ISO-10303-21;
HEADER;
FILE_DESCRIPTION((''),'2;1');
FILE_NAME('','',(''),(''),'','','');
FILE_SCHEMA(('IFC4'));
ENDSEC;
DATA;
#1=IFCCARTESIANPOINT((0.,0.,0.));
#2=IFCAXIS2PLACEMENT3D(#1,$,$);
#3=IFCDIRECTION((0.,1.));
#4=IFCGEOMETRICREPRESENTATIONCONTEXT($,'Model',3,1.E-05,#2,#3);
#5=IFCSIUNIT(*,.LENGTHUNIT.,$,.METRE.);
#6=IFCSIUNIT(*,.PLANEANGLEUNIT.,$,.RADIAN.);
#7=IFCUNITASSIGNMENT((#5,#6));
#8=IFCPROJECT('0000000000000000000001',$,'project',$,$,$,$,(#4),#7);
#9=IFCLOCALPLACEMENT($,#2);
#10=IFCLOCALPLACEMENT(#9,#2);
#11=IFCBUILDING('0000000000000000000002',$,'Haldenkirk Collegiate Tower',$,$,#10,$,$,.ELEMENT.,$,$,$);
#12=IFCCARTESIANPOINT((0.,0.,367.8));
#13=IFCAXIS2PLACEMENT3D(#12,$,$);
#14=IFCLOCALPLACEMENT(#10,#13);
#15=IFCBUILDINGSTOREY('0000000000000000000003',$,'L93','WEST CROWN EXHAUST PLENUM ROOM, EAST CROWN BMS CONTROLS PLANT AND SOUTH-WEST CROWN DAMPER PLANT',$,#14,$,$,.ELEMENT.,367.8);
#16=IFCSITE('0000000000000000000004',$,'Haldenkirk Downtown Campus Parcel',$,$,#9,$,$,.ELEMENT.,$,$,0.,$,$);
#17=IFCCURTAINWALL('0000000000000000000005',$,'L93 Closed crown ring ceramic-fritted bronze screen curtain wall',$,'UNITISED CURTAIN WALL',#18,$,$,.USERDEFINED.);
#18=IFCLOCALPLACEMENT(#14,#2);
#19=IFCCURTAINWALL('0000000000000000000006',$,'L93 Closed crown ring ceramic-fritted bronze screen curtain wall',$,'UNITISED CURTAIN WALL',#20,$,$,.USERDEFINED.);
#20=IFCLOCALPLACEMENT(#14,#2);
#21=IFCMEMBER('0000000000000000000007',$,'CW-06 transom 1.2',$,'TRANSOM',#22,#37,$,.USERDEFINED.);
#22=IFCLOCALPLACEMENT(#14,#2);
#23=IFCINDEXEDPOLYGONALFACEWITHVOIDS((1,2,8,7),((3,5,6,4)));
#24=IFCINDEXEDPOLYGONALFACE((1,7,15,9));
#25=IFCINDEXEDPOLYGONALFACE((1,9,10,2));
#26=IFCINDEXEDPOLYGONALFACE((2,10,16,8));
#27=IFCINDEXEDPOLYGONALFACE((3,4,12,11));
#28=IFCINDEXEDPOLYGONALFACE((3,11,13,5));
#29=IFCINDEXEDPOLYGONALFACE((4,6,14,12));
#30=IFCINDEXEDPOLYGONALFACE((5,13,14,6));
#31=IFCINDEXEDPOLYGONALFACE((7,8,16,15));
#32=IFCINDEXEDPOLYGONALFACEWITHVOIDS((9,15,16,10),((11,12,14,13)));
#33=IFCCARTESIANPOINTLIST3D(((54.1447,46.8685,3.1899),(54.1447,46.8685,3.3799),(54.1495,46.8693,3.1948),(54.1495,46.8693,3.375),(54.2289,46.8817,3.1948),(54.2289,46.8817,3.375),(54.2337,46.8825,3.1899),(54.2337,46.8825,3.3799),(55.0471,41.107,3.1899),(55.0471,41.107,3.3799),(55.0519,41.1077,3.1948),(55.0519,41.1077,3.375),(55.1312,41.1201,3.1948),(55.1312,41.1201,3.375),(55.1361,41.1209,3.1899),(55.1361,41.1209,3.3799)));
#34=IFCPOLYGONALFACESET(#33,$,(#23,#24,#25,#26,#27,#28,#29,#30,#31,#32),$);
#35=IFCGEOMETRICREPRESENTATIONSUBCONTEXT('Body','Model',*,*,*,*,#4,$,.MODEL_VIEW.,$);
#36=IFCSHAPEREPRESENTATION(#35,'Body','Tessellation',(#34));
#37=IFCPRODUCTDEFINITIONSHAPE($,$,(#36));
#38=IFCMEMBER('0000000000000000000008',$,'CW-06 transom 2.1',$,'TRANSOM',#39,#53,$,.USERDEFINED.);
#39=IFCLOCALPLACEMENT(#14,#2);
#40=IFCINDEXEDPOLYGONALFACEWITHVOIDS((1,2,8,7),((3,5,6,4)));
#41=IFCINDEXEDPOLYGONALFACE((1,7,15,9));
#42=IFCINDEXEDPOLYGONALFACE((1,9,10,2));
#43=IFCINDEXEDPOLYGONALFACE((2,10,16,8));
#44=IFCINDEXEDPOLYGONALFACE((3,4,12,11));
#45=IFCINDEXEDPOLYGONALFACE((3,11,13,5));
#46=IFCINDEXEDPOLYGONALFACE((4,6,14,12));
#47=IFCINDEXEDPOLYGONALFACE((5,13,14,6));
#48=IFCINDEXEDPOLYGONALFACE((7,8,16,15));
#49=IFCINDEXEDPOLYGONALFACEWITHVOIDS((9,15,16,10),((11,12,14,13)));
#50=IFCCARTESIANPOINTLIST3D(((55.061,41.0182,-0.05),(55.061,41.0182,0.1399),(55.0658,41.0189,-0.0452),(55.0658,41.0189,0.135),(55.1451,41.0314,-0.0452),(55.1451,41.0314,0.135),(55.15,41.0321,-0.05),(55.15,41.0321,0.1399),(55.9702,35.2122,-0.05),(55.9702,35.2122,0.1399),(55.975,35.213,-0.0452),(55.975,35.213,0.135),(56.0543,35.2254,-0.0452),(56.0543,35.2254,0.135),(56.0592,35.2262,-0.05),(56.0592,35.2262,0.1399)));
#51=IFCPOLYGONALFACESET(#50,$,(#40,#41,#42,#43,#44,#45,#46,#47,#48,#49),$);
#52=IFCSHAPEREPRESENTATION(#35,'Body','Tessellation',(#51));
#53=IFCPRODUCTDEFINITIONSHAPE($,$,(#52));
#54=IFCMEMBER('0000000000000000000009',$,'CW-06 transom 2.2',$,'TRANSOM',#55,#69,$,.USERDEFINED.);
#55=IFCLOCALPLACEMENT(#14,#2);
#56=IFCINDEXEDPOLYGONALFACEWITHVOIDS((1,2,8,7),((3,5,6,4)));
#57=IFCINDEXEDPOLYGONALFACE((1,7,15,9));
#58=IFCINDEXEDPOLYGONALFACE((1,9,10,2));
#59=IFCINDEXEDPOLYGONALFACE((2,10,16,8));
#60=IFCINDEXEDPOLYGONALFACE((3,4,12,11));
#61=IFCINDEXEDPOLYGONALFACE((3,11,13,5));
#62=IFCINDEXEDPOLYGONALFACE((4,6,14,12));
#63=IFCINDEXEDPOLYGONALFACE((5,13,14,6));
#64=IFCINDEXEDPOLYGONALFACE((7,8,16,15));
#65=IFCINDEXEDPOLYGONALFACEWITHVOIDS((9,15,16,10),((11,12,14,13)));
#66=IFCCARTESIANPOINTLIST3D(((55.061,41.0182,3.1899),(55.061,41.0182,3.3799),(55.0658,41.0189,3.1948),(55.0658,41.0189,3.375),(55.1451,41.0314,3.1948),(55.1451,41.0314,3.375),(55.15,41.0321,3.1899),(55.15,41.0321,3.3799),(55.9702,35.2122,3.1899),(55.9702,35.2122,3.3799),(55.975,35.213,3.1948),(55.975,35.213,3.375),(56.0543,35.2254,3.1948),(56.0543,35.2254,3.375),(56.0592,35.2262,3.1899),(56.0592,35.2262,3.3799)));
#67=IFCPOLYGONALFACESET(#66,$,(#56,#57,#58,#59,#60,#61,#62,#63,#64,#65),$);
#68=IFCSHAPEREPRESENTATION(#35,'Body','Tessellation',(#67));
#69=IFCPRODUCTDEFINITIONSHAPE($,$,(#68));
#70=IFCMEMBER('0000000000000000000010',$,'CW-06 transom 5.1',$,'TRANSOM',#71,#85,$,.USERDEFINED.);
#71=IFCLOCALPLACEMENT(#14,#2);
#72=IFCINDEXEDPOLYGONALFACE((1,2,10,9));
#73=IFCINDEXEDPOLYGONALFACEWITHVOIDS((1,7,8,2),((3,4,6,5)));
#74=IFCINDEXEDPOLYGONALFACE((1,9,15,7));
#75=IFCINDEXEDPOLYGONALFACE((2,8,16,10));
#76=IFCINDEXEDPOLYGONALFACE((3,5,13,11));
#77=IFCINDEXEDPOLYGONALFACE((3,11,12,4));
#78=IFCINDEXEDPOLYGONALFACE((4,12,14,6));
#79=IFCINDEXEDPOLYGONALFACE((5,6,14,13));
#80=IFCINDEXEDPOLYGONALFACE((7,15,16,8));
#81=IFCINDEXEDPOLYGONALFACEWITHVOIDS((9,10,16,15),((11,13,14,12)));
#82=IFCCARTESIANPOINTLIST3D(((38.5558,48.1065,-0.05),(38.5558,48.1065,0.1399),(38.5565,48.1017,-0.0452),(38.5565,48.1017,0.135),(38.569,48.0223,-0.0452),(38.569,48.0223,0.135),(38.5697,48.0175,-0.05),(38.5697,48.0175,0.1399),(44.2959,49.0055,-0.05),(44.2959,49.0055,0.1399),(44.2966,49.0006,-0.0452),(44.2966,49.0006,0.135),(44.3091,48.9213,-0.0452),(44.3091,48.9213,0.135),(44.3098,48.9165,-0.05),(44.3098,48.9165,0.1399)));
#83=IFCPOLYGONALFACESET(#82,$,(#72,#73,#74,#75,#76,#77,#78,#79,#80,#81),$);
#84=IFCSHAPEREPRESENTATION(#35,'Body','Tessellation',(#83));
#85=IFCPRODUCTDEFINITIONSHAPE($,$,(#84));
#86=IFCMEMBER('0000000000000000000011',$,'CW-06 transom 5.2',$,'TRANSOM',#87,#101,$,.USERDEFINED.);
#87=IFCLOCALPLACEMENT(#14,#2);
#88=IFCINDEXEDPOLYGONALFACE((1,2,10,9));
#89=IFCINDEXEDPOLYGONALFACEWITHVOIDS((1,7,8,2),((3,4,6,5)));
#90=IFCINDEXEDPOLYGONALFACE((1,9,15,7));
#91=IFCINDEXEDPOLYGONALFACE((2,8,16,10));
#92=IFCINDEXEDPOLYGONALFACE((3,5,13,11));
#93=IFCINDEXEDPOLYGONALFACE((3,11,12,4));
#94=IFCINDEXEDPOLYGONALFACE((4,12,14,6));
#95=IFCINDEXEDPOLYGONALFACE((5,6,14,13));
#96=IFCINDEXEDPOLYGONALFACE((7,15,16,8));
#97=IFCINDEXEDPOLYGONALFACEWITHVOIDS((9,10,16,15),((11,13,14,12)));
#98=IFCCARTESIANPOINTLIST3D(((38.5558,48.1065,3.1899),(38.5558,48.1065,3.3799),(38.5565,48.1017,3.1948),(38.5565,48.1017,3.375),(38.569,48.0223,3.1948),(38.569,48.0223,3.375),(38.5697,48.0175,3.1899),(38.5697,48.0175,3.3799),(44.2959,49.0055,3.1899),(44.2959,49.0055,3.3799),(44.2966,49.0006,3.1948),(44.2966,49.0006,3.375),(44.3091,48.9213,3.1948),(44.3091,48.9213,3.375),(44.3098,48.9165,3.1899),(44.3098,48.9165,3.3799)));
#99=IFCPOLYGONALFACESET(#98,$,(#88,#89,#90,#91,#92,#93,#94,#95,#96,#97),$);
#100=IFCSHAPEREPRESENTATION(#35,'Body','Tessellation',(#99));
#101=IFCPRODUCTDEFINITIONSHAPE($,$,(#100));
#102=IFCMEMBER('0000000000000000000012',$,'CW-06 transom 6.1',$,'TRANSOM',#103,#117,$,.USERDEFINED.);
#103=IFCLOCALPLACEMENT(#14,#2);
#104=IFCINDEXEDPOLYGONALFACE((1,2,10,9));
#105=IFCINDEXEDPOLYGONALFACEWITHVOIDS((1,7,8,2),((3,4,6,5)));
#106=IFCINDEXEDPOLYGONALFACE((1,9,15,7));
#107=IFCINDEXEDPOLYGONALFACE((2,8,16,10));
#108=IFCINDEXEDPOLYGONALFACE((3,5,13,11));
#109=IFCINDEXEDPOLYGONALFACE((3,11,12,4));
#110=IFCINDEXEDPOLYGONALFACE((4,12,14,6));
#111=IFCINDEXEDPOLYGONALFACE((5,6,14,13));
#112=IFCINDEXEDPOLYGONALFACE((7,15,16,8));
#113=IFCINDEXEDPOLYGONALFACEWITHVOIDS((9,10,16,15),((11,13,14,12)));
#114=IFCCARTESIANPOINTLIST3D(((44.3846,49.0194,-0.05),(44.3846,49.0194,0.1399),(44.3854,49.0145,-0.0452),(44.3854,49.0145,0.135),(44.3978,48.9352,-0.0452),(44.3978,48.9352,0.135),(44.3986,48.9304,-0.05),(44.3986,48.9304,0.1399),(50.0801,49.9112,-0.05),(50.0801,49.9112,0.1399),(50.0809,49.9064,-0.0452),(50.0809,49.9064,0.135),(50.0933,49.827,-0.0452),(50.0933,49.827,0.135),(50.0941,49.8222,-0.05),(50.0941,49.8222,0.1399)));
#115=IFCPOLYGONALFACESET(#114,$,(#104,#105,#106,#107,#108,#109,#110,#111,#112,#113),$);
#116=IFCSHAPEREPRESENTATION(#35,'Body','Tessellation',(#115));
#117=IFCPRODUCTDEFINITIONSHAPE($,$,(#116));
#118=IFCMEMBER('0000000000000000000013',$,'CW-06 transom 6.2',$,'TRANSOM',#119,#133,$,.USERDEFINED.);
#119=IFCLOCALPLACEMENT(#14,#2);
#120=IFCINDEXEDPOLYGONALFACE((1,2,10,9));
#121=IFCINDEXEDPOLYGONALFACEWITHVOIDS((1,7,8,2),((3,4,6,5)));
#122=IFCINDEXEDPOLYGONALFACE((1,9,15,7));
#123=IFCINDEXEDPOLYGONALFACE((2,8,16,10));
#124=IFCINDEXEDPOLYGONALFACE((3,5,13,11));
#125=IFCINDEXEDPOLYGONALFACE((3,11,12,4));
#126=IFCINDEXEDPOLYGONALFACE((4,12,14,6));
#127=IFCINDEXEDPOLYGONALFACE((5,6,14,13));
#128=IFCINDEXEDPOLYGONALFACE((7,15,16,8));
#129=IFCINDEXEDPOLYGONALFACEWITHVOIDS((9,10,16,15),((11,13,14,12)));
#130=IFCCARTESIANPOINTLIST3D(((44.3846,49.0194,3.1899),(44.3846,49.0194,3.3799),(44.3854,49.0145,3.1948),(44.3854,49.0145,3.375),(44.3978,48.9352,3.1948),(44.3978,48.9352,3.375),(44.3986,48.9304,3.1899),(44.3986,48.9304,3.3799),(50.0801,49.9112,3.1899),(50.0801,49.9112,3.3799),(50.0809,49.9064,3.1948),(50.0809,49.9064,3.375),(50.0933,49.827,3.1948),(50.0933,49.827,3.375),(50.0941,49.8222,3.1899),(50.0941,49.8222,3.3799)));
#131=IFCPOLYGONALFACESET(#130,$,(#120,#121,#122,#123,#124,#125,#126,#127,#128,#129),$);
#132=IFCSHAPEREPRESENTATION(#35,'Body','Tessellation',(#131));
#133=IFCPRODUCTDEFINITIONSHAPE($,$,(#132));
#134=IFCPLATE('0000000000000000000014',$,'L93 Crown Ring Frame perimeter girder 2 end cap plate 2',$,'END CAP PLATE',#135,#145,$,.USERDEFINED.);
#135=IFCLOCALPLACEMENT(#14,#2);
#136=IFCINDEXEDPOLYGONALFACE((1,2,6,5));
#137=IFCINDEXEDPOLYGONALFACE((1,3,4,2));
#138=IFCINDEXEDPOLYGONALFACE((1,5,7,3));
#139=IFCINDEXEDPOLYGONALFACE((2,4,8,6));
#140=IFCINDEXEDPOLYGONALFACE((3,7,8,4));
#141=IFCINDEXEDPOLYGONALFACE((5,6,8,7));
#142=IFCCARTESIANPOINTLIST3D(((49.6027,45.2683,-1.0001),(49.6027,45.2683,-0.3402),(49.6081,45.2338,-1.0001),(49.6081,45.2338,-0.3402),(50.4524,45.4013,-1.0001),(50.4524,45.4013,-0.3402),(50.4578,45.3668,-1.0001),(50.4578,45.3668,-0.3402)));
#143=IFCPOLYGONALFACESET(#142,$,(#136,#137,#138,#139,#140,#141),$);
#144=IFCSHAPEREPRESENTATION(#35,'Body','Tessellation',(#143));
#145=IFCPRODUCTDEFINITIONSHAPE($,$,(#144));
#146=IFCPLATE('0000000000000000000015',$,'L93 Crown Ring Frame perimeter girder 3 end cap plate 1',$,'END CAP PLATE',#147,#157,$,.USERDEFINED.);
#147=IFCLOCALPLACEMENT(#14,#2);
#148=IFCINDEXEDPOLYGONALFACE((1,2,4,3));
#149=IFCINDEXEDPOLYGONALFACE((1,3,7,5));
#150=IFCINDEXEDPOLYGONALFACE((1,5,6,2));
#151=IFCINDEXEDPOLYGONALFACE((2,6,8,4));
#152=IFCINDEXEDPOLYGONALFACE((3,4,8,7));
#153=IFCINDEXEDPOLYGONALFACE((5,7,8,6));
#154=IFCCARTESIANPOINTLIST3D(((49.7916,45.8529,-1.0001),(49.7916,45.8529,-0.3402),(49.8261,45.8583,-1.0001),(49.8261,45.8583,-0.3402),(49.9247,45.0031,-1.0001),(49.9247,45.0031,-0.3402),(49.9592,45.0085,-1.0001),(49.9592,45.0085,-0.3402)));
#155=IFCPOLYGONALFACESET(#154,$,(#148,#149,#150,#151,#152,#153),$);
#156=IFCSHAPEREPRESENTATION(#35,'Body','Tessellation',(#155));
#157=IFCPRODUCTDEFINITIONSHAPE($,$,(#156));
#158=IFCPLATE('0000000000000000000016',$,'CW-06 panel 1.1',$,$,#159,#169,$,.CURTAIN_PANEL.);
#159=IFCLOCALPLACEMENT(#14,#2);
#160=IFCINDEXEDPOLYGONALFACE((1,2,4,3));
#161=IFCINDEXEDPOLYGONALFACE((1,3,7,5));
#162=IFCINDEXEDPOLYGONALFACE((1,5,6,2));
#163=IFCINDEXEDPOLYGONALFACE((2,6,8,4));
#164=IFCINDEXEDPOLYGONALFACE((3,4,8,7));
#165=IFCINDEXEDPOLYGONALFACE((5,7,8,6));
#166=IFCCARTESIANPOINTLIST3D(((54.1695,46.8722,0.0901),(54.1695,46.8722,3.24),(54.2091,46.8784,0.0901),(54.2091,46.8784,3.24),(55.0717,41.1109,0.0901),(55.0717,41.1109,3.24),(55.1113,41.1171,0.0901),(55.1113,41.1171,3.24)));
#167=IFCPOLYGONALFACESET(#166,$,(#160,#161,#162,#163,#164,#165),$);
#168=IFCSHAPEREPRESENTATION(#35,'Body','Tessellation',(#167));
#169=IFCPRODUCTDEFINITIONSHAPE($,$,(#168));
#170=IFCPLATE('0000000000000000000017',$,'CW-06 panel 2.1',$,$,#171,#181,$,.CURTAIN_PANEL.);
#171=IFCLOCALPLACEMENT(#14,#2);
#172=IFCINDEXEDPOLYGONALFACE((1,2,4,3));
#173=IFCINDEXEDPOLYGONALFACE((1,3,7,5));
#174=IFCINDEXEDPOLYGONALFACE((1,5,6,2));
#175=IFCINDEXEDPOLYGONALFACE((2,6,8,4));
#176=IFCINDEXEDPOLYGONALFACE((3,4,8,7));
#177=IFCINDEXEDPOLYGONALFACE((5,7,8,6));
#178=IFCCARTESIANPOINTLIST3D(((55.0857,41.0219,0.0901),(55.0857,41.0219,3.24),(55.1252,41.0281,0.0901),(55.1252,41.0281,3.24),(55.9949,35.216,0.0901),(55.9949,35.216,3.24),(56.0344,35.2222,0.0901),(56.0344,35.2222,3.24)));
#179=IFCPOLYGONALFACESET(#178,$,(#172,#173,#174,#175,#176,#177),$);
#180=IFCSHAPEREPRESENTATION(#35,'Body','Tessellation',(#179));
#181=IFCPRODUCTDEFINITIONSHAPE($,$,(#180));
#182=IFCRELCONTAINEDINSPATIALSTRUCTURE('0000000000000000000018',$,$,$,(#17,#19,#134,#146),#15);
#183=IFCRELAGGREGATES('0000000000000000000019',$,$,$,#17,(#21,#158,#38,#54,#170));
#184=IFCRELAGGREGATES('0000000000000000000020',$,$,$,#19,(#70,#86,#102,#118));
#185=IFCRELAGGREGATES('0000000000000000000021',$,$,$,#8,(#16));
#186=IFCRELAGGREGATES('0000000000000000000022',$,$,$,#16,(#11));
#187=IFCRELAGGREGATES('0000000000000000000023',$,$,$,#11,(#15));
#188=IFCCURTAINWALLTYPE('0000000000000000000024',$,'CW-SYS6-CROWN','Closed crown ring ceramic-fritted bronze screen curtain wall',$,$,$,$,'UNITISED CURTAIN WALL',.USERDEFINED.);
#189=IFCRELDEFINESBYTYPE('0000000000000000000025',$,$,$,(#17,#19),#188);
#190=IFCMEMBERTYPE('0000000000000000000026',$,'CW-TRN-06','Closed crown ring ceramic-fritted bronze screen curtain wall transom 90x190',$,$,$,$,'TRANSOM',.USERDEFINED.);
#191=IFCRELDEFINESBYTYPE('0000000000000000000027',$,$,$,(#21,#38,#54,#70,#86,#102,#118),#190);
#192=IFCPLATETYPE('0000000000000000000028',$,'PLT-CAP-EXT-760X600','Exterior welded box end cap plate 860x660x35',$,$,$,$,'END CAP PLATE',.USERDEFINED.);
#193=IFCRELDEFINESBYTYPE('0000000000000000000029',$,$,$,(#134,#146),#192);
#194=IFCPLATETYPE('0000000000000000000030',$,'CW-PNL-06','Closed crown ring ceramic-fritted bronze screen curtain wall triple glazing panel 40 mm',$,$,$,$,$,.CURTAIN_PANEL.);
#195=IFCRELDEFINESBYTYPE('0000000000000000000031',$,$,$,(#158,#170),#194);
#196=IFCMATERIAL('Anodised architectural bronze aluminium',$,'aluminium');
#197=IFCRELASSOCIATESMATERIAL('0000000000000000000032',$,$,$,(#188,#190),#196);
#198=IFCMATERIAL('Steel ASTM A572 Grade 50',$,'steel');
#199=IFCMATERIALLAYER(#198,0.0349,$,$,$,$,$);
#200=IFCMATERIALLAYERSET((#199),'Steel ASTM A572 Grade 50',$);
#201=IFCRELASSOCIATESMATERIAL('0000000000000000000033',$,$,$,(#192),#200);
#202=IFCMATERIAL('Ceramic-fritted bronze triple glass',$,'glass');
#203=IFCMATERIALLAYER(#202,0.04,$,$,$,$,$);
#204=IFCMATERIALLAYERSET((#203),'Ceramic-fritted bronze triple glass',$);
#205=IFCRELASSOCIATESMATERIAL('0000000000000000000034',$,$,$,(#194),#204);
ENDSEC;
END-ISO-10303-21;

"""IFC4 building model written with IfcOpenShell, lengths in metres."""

from ifc_helpers import new_model, si_unit, direction, frame, origin, origin_2d, place, context, subcontext, project, spatial, rectangle, hollow_rectangle, extrude, source, transform, mapped, material, layer, layer_set, material_profile, profile_set, type_object, element, aggregate, save


model = new_model("IFC4")

# Units and contexts
model_context = context("Model", 3, precision=1e-05, world=origin(), true_north=direction((0.0, 1.0)))
body_context = subcontext(model_context, "Body", "Model", "MODEL_VIEW")
ifc_project = project(units=[si_unit("LENGTHUNIT", "METRE"), si_unit("PLANEANGLEUNIT", "RADIAN")], contexts=[model_context])

# Site, building, storey
site_placement = place(None, origin())
site = spatial("IfcSite", under=ifc_project, at=site_placement, Name="Haldenkirk Downtown Campus Parcel", CompositionType="ELEMENT", RefElevation=0.0)
building_placement = place(site_placement, origin())
building = spatial("IfcBuilding", under=site, at=building_placement, Name="Haldenkirk Collegiate Tower", CompositionType="ELEMENT")
storey_placement = place(building_placement, frame((0.0, 0.0, 367.8)))
storey = spatial("IfcBuildingStorey", under=building, at=storey_placement, Name="L93", Description="WEST CROWN EXHAUST PLENUM ROOM, EAST CROWN BMS CONTROLS PLANT AND SOUTH-WEST CROWN DAMPER PLANT", CompositionType="ELEMENT", Elevation=367.8)

# Shared definitions
ifc_material_1 = material(Name="Steel ASTM A572 Grade 50", Category="steel")

# Curtain walls
ifc_material_2 = material(Name="Anodised architectural bronze aluminium", Category="aluminium")
curtain_wall_type = type_object("IfcCurtainWallType", Name="CW-SYS6-CROWN", Description="Closed crown ring ceramic-fritted bronze screen curtain wall", ElementType="UNITISED CURTAIN WALL", PredefinedType="USERDEFINED", material=ifc_material_2)
curtain_wall_1_placement = place(storey_placement, origin())
curtain_wall_1 = element("IfcCurtainWall", 1, at=curtain_wall_1_placement, inside=storey, type_object=curtain_wall_type, Name="L93 Closed crown ring ceramic-fritted bronze screen curtain wall", ObjectType="UNITISED CURTAIN WALL", PredefinedType="USERDEFINED")
curtain_wall_2_placement = place(storey_placement, origin())
curtain_wall_2 = element("IfcCurtainWall", 2, at=curtain_wall_2_placement, inside=storey, type_object=curtain_wall_type, Name="L93 Closed crown ring ceramic-fritted bronze screen curtain wall", ObjectType="UNITISED CURTAIN WALL", PredefinedType="USERDEFINED")

# Members
ifc_material_profile_1 = material_profile(ifc_material_2, hollow_rectangle(XDim=0.0901, YDim=0.1899, WallThickness=0.0049, at=origin_2d()), Name="CW-TRN-06")
ifc_profile_set_1 = profile_set([ifc_material_profile_1], Name="Anodised architectural bronze aluminium")
member_type_1 = type_object("IfcMemberType", Name="CW-TRN-06", Description="Closed crown ring ceramic-fritted bronze screen curtain wall transom 90x190", ElementType="TRANSOM", PredefinedType="USERDEFINED", material=ifc_profile_set_1)
member_1_placement = place(storey_placement, frame((54.1892, 46.8755, 3.2849), z_axis=(0.154731, -0.987957, 0.0), x_axis=(0.987957, 0.154731, 0.0)))
member_1 = element("IfcMember", 3, at=member_1_placement, type_object=member_type_1, Name="CW-06 transom 1.2", ObjectType="TRANSOM", PredefinedType="USERDEFINED", context=body_context, shape_type="SweptSolid", body=[
    extrude(hollow_rectangle(XDim=0.0901, YDim=0.1899, WallThickness=0.0049, at=origin_2d()), origin(), (0.0, 0.0, 1.0), 5.8318),
])
member_2_placement = place(storey_placement, frame((55.1055, 41.0251, 0.0449), z_axis=(0.15471, -0.98796, 0.0), x_axis=(0.98796, 0.15471, 0.0)))
member_2 = element("IfcMember", 4, at=member_2_placement, type_object=member_type_1, Name="CW-06 transom 2.1", ObjectType="TRANSOM", PredefinedType="USERDEFINED", context=body_context, shape_type="SweptSolid", body=[
    extrude(hollow_rectangle(XDim=0.0901, YDim=0.1899, WallThickness=0.0049, at=origin_2d()), origin(), (0.0, 0.0, 1.0), 5.8767),
])
member_3_placement = place(storey_placement, frame((55.1055, 41.0251, 3.2849), z_axis=(0.15471, -0.98796, 0.0), x_axis=(0.98796, 0.15471, 0.0)))
member_3 = element("IfcMember", 5, at=member_3_placement, type_object=member_type_1, Name="CW-06 transom 2.2", ObjectType="TRANSOM", PredefinedType="USERDEFINED", context=body_context, shape_type="SweptSolid", body=[
    extrude(hollow_rectangle(XDim=0.0901, YDim=0.1899, WallThickness=0.0049, at=origin_2d()), origin(), (0.0, 0.0, 1.0), 5.8767),
])
member_4_placement = place(storey_placement, frame((38.5627, 48.062, 0.0449), z_axis=(0.987958, 0.154722, 0.0), x_axis=(-0.154722, 0.987958, 0.0)))
member_4 = element("IfcMember", 6, at=member_4_placement, type_object=member_type_1, Name="CW-06 transom 5.1", ObjectType="TRANSOM", PredefinedType="USERDEFINED", context=body_context, shape_type="SweptSolid", body=[
    extrude(hollow_rectangle(XDim=0.0901, YDim=0.1899, WallThickness=0.0049, at=origin_2d()), origin(), (0.0, 0.0, 1.0), 5.8101),
])
member_5_placement = place(storey_placement, frame((38.5627, 48.062, 3.2849), z_axis=(0.987958, 0.154722, 0.0), x_axis=(-0.154722, 0.987958, 0.0)))
member_5 = element("IfcMember", 7, at=member_5_placement, type_object=member_type_1, Name="CW-06 transom 5.2", ObjectType="TRANSOM", PredefinedType="USERDEFINED", context=body_context, shape_type="SweptSolid", body=[
    extrude(hollow_rectangle(XDim=0.0901, YDim=0.1899, WallThickness=0.0049, at=origin_2d()), origin(), (0.0, 0.0, 1.0), 5.8101),
])
member_6_placement = place(storey_placement, frame((44.3916, 48.9749, 0.0449), z_axis=(0.987961, 0.154701, 0.0), x_axis=(-0.154701, 0.987961, 0.0)))
member_6 = element("IfcMember", 8, at=member_6_placement, type_object=member_type_1, Name="CW-06 transom 6.1", ObjectType="TRANSOM", PredefinedType="USERDEFINED", context=body_context, shape_type="SweptSolid", body=[
    extrude(hollow_rectangle(XDim=0.0901, YDim=0.1899, WallThickness=0.0049, at=origin_2d()), origin(), (0.0, 0.0, 1.0), 5.7649),
])
member_7_placement = place(storey_placement, frame((44.3916, 48.9749, 3.2849), z_axis=(0.987961, 0.154701, 0.0), x_axis=(-0.154701, 0.987961, 0.0)))
member_7 = element("IfcMember", 9, at=member_7_placement, type_object=member_type_1, Name="CW-06 transom 6.2", ObjectType="TRANSOM", PredefinedType="USERDEFINED", context=body_context, shape_type="SweptSolid", body=[
    extrude(hollow_rectangle(XDim=0.0901, YDim=0.1899, WallThickness=0.0049, at=origin_2d()), origin(), (0.0, 0.0, 1.0), 5.7649),
])

# Plates
ifc_layer_1 = layer(ifc_material_1, 0.0349)
ifc_layer_set_1 = layer_set([ifc_layer_1], Name="Steel ASTM A572 Grade 50")
plate_type_1 = type_object("IfcPlateType", Name="PLT-CAP-EXT-760X600", Description="Exterior welded box end cap plate 860x660x35", ElementType="END CAP PLATE", PredefinedType="USERDEFINED", material=ifc_layer_set_1)
shared_shape_1 = source(origin(), body_context, "Body", "SweptSolid", [
    extrude(rectangle(XDim=0.8601, YDim=0.6599, at=origin_2d()), origin(), (0.0, 0.0, 1.0), 0.0349),
])
for number, where, z_axis, x_axis, name in (
    (10, (50.033, 45.3003, -0.6702), (-0.154711, 0.98796, 0.0), (-0.98796, -0.154711, 0.0), "L93 Crown Ring Frame perimeter girder 2 end cap plate 2"),
    (11, (49.8582, 45.428, -0.6702), (0.987959, 0.154713, 0.0), (-0.154713, 0.987959, 0.0), "L93 Crown Ring Frame perimeter girder 3 end cap plate 1"),
):
    element("IfcPlate", number, at=place(storey_placement, frame(where, z_axis=z_axis, x_axis=x_axis)), inside=storey, type_object=plate_type_1, Name=name, ObjectType="END CAP PLATE", PredefinedType="USERDEFINED", context=body_context, shape_type="MappedRepresentation", body=[
        mapped(shared_shape_1, transform((0.0, 0.0, 0.0), x_axis=(1.0, 0.0, 0.0), y_axis=(0.0, 1.0, 0.0), z_axis=(0.0, 0.0, 1.0), scale=1.0)),
    ])

# Plates
ifc_material_3 = material(Name="Ceramic-fritted bronze triple glass", Category="glass")
ifc_layer_2 = layer(ifc_material_3, 0.04)
ifc_layer_set_2 = layer_set([ifc_layer_2], Name="Ceramic-fritted bronze triple glass")
plate_type_2 = type_object("IfcPlateType", Name="CW-PNL-06", Description="Closed crown ring ceramic-fritted bronze screen curtain wall triple glazing panel 40 mm", PredefinedType="CURTAIN_PANEL", material=ifc_layer_set_2)
shared_shape_2 = source(origin(), body_context, "Body", "SweptSolid", [
    extrude(rectangle(XDim=5.8315, YDim=0.04, at=origin_2d()), origin(), (0.0, 0.0, 1.0), 3.1499),
])
plate_1_placement = place(storey_placement, frame((54.6404, 43.9946, 0.0901), z_axis=(0.0, 0.0, 1.0), x_axis=(0.154713, -0.98796, 0.0)))
plate_1 = element("IfcPlate", 12, at=plate_1_placement, type_object=plate_type_2, Name="CW-06 panel 1.1", PredefinedType="CURTAIN_PANEL", context=body_context, shape_type="MappedRepresentation", body=[
    mapped(shared_shape_2, transform((0.0, 0.0, 0.0), x_axis=(1.0, 0.0, 0.0), y_axis=(0.0, 1.0, 0.0), z_axis=(0.0, 0.0, 1.0), scale=1.0)),
])
shared_shape_3 = source(origin(), body_context, "Body", "SweptSolid", [
    extrude(rectangle(XDim=5.8767, YDim=0.04, at=origin_2d()), origin(), (0.0, 0.0, 1.0), 3.1499),
])
plate_2_placement = place(storey_placement, frame((55.5601, 38.1221, 0.0901), z_axis=(0.0, 0.0, 1.0), x_axis=(0.154713, -0.98796, 0.0)))
plate_2 = element("IfcPlate", 13, at=plate_2_placement, type_object=plate_type_2, Name="CW-06 panel 2.1", PredefinedType="CURTAIN_PANEL", context=body_context, shape_type="MappedRepresentation", body=[
    mapped(shared_shape_3, transform((0.0, 0.0, 0.0), x_axis=(1.0, 0.0, 0.0), y_axis=(0.0, 1.0, 0.0), z_axis=(0.0, 0.0, 1.0), scale=1.0)),
])
aggregate(curtain_wall_1, [member_1, plate_1, member_2, member_3, plate_2])
aggregate(curtain_wall_2, [member_4, member_5, member_6, member_7])

save(model, "model.ifc")
